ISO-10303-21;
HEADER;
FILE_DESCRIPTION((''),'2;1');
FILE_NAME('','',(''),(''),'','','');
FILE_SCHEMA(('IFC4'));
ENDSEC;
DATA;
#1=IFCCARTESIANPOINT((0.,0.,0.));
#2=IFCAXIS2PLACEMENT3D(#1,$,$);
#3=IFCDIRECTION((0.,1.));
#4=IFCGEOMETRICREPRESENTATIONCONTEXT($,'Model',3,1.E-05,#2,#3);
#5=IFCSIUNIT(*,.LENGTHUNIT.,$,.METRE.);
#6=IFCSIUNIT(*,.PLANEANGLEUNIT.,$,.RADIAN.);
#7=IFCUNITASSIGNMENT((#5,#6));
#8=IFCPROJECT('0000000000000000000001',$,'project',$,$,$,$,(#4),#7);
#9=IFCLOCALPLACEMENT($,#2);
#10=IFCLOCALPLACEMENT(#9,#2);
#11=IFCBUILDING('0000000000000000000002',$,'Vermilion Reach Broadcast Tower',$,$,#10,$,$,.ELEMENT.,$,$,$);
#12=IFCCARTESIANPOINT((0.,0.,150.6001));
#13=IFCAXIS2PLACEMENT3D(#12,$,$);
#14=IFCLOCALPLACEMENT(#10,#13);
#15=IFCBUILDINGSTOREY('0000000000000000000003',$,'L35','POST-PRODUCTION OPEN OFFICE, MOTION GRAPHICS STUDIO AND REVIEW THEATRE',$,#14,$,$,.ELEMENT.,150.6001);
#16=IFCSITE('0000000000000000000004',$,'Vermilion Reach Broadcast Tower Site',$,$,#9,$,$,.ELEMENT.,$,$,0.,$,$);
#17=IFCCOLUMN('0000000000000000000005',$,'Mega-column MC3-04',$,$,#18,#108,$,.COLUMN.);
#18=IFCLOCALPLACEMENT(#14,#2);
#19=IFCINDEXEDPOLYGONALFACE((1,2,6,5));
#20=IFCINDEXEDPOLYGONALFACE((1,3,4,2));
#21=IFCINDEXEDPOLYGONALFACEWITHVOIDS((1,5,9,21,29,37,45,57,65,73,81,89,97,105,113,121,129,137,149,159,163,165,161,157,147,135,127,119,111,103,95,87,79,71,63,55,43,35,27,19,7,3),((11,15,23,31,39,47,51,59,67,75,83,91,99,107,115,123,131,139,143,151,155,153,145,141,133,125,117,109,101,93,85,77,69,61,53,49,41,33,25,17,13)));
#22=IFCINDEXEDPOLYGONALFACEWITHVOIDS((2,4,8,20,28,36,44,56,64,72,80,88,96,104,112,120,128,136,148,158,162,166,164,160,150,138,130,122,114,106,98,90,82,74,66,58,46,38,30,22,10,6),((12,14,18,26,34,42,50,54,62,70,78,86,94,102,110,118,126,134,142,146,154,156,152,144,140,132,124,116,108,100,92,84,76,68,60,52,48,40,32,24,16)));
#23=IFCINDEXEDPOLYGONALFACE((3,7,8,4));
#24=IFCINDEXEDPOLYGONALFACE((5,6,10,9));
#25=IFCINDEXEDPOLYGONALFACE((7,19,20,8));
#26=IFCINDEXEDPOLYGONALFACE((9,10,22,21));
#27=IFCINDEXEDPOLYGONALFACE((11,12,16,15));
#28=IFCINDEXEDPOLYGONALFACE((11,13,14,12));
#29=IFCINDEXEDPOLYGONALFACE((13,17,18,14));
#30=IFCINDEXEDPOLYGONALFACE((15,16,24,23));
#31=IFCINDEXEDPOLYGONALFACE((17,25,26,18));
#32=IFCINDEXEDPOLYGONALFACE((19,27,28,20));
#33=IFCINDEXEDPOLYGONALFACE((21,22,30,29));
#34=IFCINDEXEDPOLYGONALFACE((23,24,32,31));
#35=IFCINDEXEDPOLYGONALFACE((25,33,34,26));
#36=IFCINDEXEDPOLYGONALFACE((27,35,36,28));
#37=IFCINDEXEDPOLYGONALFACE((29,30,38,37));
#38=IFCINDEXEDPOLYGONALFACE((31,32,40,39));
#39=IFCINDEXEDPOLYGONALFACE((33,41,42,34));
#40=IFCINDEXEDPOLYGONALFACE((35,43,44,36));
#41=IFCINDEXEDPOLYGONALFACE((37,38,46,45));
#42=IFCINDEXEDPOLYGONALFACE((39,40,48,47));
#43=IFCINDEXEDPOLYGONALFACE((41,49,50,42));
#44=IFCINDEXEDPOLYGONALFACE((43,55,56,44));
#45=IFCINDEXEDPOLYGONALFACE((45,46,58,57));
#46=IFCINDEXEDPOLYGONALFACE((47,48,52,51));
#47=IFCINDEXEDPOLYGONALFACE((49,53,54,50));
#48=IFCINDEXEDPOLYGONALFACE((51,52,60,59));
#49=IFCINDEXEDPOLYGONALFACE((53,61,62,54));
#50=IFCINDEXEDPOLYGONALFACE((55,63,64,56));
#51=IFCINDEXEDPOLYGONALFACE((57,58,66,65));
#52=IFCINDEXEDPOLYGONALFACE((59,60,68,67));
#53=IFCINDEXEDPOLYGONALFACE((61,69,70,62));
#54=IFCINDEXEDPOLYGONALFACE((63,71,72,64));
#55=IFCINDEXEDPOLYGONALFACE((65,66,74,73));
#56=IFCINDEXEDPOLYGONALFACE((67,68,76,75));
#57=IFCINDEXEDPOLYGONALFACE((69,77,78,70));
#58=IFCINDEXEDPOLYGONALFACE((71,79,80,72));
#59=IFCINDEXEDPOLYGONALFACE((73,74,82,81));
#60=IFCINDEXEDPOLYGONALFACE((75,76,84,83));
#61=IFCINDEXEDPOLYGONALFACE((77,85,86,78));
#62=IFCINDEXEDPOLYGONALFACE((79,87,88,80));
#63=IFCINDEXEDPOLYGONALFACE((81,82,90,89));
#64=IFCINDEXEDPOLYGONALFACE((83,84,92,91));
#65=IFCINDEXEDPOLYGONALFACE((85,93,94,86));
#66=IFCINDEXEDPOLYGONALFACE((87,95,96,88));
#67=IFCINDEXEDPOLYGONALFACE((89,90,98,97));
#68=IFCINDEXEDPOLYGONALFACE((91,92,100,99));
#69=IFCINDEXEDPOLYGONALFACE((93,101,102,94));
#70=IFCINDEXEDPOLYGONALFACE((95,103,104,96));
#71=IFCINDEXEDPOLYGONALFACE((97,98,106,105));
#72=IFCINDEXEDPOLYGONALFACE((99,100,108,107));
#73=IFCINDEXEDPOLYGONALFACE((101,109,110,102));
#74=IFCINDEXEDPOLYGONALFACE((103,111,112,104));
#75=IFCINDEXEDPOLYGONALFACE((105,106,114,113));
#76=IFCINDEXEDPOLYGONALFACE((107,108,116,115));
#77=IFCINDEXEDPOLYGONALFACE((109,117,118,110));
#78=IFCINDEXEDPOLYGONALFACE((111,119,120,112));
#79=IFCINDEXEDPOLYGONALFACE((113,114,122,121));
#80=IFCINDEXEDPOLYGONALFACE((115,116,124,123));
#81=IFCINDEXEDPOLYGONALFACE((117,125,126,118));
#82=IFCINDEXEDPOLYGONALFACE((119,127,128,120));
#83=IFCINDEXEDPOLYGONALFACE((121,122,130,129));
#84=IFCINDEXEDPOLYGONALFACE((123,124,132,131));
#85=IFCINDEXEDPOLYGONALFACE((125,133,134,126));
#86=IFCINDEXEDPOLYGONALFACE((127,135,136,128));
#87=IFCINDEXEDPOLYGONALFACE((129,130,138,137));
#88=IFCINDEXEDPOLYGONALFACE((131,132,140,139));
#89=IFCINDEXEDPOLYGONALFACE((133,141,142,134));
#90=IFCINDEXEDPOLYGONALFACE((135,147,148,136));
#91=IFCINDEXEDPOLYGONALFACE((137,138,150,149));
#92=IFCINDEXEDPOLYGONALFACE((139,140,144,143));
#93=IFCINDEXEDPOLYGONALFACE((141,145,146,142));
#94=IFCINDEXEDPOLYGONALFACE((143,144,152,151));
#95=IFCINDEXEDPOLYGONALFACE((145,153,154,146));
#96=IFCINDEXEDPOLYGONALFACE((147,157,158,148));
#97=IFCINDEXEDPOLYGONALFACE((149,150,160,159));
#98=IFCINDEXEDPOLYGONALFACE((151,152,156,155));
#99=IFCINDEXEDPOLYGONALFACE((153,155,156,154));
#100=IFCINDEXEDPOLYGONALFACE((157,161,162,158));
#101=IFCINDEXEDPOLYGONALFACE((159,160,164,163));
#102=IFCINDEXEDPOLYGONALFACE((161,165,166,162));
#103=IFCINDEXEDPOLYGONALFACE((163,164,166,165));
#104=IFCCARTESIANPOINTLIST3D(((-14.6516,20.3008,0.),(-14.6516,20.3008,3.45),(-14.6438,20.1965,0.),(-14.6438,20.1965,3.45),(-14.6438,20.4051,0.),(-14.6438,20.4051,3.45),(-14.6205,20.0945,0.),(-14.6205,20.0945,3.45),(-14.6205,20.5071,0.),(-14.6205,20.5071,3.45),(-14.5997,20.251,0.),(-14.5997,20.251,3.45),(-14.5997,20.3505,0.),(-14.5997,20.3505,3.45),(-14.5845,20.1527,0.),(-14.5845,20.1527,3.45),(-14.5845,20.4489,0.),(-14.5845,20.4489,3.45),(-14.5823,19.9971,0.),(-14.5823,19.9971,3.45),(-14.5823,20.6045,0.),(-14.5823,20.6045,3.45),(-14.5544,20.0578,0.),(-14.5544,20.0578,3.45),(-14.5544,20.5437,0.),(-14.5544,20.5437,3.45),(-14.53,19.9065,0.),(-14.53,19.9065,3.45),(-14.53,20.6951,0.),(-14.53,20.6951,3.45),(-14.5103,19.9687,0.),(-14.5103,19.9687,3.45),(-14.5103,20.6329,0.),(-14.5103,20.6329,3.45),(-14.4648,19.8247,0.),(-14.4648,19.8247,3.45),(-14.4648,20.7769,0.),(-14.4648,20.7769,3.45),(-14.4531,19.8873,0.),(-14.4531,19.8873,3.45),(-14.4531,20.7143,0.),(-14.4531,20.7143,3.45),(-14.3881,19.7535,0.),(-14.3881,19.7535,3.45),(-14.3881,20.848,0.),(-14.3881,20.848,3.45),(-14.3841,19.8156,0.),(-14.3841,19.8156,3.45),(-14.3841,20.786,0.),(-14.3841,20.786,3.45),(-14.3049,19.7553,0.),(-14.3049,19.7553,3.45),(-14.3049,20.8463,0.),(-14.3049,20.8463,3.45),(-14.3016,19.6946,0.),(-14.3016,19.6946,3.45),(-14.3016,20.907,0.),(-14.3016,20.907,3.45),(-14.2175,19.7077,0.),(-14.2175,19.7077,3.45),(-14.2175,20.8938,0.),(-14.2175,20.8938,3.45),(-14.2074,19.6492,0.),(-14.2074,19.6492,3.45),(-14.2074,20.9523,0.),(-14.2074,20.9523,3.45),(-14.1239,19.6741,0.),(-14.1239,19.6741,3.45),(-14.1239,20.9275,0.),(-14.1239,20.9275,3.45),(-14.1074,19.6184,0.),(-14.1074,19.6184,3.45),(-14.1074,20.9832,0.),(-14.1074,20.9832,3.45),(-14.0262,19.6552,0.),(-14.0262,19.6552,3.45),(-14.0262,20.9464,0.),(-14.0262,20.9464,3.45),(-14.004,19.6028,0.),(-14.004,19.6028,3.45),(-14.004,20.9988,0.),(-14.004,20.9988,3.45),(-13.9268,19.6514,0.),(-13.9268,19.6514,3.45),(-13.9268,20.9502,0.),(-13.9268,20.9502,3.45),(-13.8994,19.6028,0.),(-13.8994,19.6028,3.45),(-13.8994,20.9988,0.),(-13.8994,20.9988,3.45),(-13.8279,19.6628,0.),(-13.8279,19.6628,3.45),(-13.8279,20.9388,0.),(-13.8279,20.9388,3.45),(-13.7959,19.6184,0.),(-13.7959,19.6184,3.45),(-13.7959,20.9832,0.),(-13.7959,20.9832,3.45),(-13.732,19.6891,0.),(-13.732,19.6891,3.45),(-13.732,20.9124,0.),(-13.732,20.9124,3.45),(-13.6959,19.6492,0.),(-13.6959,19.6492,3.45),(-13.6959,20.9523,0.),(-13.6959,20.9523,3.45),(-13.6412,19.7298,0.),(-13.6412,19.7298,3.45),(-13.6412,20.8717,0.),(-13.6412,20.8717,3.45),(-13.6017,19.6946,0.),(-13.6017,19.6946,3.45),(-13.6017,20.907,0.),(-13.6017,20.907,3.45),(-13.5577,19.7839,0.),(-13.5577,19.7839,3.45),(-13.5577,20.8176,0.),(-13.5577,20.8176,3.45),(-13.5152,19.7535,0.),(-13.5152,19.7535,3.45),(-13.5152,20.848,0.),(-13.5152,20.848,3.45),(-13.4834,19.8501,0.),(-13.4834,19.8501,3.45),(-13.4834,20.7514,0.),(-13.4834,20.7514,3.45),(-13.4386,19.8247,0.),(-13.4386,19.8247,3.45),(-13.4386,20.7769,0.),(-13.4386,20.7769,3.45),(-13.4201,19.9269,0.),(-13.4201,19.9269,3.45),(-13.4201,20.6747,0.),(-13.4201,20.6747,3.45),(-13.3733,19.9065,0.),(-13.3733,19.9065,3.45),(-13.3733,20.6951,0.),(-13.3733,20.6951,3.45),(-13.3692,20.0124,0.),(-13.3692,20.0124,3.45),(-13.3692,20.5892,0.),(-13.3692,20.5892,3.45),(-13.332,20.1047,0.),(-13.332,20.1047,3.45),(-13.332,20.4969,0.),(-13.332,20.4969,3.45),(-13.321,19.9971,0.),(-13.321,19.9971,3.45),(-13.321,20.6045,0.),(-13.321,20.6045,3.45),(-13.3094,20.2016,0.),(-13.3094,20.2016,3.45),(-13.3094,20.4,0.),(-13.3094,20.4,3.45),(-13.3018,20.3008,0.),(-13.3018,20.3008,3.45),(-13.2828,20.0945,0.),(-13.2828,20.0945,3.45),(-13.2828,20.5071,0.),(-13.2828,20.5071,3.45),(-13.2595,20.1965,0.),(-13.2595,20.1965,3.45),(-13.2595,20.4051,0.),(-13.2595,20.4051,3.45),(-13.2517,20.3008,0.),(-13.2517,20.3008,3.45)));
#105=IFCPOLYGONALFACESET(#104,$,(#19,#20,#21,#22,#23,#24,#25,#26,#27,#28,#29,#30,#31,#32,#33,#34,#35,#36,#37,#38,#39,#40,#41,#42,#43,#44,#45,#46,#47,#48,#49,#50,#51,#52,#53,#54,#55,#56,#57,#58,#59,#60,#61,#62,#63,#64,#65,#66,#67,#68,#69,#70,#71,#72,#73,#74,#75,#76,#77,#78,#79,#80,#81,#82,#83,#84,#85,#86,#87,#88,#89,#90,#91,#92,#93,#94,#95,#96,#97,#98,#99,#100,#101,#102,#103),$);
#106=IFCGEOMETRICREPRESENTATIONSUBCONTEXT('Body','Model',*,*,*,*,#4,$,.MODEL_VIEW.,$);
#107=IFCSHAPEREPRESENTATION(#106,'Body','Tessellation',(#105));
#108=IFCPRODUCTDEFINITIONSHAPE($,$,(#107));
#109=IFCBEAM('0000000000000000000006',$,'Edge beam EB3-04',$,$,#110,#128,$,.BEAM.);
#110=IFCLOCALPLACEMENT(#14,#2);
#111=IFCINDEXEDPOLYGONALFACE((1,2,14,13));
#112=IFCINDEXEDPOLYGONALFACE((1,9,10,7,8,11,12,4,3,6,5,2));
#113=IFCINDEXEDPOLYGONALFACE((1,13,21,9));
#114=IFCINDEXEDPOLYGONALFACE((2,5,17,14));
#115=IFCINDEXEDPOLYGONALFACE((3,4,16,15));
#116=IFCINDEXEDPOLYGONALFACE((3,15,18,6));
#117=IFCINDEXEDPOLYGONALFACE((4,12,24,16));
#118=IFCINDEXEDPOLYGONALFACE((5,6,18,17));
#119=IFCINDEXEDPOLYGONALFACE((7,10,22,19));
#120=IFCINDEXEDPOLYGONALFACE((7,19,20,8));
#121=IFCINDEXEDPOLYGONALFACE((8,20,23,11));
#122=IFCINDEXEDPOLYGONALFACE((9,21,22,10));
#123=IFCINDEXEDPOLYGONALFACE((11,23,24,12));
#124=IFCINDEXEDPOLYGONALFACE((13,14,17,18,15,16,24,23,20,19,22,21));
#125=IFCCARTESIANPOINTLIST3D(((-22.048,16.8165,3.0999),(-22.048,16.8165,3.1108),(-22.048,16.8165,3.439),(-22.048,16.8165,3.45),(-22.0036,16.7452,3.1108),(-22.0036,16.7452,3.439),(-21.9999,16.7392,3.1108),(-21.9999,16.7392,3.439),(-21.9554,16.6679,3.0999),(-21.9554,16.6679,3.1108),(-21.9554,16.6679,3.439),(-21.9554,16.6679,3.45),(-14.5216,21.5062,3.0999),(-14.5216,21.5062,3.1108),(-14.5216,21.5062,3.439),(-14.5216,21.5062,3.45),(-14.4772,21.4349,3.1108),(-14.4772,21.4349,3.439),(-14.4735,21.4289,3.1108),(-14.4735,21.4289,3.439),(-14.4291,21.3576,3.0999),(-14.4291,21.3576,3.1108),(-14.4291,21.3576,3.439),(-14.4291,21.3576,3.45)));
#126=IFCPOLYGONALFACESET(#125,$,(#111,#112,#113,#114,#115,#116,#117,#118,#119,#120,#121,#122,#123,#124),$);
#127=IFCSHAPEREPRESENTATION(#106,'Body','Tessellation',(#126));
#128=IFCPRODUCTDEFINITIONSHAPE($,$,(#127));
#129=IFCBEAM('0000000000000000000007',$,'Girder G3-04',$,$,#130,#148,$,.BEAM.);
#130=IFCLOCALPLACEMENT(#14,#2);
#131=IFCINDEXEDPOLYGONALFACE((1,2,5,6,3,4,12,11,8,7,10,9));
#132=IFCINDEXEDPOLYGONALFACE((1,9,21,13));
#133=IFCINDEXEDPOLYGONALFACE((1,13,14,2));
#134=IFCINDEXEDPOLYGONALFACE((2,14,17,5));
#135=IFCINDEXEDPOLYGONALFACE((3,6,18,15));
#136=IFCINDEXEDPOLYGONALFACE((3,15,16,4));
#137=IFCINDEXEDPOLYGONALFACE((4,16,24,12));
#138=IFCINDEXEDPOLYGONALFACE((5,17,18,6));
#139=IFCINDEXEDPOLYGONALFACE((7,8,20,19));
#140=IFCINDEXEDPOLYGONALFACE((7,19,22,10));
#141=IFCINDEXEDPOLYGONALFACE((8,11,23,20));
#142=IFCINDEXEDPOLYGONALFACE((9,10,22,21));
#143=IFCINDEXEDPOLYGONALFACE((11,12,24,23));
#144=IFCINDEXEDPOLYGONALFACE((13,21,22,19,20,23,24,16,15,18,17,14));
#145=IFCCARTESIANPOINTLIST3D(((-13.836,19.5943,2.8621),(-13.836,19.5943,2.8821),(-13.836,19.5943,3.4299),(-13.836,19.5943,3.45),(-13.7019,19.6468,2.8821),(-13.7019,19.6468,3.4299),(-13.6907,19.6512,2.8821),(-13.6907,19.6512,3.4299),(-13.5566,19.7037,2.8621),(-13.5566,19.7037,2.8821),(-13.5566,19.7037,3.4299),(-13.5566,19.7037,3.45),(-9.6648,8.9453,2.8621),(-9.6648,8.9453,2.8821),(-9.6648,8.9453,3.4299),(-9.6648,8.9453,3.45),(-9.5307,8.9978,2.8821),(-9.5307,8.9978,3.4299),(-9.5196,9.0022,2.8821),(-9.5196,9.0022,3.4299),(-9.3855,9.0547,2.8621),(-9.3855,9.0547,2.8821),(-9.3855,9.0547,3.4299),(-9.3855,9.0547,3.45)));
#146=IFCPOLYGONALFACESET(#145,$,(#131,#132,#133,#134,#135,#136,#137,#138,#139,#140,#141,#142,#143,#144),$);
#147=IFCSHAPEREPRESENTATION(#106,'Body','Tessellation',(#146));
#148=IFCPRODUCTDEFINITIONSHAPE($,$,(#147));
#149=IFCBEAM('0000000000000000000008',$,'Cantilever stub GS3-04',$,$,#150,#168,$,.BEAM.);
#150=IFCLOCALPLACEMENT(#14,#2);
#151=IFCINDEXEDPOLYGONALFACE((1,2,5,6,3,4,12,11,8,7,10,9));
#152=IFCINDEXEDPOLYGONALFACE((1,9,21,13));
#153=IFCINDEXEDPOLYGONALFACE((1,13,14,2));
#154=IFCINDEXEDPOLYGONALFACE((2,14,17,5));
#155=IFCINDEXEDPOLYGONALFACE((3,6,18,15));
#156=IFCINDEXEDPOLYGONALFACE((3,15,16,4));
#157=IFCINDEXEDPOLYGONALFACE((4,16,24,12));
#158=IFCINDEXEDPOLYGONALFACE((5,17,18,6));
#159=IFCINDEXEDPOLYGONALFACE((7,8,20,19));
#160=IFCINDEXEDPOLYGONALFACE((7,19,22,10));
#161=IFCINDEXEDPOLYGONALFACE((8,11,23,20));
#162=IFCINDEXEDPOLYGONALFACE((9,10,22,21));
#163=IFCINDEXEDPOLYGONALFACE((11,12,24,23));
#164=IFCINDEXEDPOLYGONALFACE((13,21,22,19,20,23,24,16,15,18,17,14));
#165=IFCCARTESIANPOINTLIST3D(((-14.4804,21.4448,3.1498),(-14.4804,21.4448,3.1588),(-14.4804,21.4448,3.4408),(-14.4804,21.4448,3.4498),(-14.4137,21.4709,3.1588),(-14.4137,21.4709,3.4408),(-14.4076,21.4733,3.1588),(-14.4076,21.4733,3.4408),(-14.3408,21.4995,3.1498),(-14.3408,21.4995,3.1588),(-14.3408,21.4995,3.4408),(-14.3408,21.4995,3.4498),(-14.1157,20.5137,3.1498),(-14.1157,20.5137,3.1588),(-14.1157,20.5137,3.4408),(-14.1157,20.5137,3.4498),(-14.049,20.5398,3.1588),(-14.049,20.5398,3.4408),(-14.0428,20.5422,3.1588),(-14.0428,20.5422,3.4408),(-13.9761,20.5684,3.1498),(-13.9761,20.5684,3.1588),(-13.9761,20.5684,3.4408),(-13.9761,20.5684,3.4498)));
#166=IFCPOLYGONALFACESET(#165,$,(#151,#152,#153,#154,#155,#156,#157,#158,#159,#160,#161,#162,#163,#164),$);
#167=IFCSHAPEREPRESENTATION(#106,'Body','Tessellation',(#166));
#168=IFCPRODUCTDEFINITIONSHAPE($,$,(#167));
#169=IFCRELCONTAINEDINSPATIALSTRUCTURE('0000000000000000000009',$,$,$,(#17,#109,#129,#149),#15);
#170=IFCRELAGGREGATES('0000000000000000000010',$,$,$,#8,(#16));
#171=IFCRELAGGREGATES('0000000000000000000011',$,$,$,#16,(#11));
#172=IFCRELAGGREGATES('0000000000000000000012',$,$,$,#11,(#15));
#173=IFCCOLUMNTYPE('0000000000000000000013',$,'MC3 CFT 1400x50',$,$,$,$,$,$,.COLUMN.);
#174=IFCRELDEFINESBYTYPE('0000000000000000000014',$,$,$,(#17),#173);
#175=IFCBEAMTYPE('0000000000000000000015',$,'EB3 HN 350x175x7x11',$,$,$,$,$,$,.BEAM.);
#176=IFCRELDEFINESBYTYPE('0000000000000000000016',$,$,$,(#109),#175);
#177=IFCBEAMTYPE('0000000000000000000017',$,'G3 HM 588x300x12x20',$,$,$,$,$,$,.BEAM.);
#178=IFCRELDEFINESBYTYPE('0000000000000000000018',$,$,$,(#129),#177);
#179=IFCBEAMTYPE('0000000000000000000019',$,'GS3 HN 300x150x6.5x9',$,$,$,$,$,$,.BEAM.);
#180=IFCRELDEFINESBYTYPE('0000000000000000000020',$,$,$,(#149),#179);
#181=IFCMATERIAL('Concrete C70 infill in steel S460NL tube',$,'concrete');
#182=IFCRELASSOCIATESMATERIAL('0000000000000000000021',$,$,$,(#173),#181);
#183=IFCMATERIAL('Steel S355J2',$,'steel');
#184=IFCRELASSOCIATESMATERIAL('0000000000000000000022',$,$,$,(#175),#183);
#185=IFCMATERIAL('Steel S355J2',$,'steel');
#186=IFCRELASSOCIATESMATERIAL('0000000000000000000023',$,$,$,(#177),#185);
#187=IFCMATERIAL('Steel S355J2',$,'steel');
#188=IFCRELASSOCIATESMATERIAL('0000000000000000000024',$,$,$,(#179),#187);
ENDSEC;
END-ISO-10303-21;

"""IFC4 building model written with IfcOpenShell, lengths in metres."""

from ifc_helpers import new_model, si_unit, direction, frame, origin, origin_2d, place, context, subcontext, project, spatial, hollow_circle, i_section, extrude, material, material_profile, profile_set, type_object, element, save


model = new_model("IFC4")

# Units and contexts
model_context = context("Model", 3, precision=1e-05, world=origin(), true_north=direction((0.0, 1.0)))
body_context = subcontext(model_context, "Body", "Model", "MODEL_VIEW")
ifc_project = project(units=[si_unit("LENGTHUNIT", "METRE"), si_unit("PLANEANGLEUNIT", "RADIAN")], contexts=[model_context])

# Site, building, storey
site_placement = place(None, origin())
site = spatial("IfcSite", under=ifc_project, at=site_placement, Name="Vermilion Reach Broadcast Tower Site", CompositionType="ELEMENT", RefElevation=0.0)
building_placement = place(site_placement, origin())
building = spatial("IfcBuilding", under=site, at=building_placement, Name="Vermilion Reach Broadcast Tower", CompositionType="ELEMENT")
storey_placement = place(building_placement, frame((0.0, 0.0, 150.6001)))
storey = spatial("IfcBuildingStorey", under=building, at=storey_placement, Name="L35", Description="POST-PRODUCTION OPEN OFFICE, MOTION GRAPHICS STUDIO AND REVIEW THEATRE", CompositionType="ELEMENT", Elevation=150.6001)

# Column
ifc_material_1 = material(Name="Concrete C70 infill in steel S460NL tube", Category="concrete")
ifc_material_profile_1 = material_profile(ifc_material_1, hollow_circle(Radius=0.7, WallThickness=0.05, at=origin_2d()), Name="Concrete C70 infill in steel S460NL tube CFT 1400x50")
ifc_profile_set_1 = profile_set([ifc_material_profile_1], Name="Concrete C70 infill in steel S460NL tube")
column_type = type_object("IfcColumnType", Name="MC3 CFT 1400x50", PredefinedType="COLUMN", material=ifc_profile_set_1)
column_placement = place(storey_placement, frame((-13.9517, 20.3008, 0.0), z_axis=(0.0, 0.0, 1.0), x_axis=(1.0, 0.0, 0.0)))
element("IfcColumn", 1, at=column_placement, inside=storey, type_object=column_type, Name="Mega-column MC3-04", PredefinedType="COLUMN", context=body_context, shape_type="SweptSolid", body=[
    extrude(hollow_circle(Radius=0.7, WallThickness=0.05, at=origin_2d()), origin(), (0.0, 0.0, 1.0), 3.45),
])

# Beams
ifc_material_2 = material(Name="Steel S355J2", Category="steel")
ifc_material_profile_2 = material_profile(ifc_material_2, i_section(OverallWidth=0.175, OverallDepth=0.3501, WebThickness=0.0071, FlangeThickness=0.011, at=origin_2d()), Name="S355J2 HN 350x175x7x11")
ifc_profile_set_2 = profile_set([ifc_material_profile_2], Name="Steel S355J2")
beam_type_1 = type_object("IfcBeamType", Name="EB3 HN 350x175x7x11", PredefinedType="BEAM", material=ifc_profile_set_2)
beam_1_placement = place(storey_placement, frame((-14.4753, 21.4319, 3.2749), z_axis=(-0.848721, -0.52884, 0.0), x_axis=(0.52884, -0.848721, 0.0)))
element("IfcBeam", 2, at=beam_1_placement, inside=storey, type_object=beam_type_1, Name="Edge beam EB3-04", PredefinedType="BEAM", context=body_context, shape_type="SweptSolid", body=[
    extrude(i_section(OverallWidth=0.175, OverallDepth=0.3501, WebThickness=0.0071, FlangeThickness=0.011, at=origin_2d()), origin(), (0.0, 0.0, 1.0), 8.8679),
])
ifc_material_3 = material(Name="Steel S355J2", Category="steel")
ifc_material_profile_3 = material_profile(ifc_material_3, i_section(OverallWidth=0.3, OverallDepth=0.5879, WebThickness=0.012, FlangeThickness=0.02, at=origin_2d()), Name="S355J2 HM 588x300x12x20")
ifc_profile_set_3 = profile_set([ifc_material_profile_3], Name="Steel S355J2")
beam_type_2 = type_object("IfcBeamType", Name="G3 HM 588x300x12x20", PredefinedType="BEAM", material=ifc_profile_set_3)
beam_2_placement = place(storey_placement, frame((-9.5251, 9.0, 3.156), z_axis=(-0.364716, 0.931119, 0.0), x_axis=(-0.931119, -0.364716, 0.0)))
element("IfcBeam", 3, at=beam_2_placement, inside=storey, type_object=beam_type_2, Name="Girder G3-04", PredefinedType="BEAM", context=body_context, shape_type="SweptSolid", body=[
    extrude(i_section(OverallWidth=0.3, OverallDepth=0.5879, WebThickness=0.012, FlangeThickness=0.02, at=origin_2d()), origin(), (0.0, 0.0, 1.0), 11.4368),
])
ifc_material_4 = material(Name="Steel S355J2", Category="steel")
ifc_material_profile_4 = material_profile(ifc_material_4, i_section(OverallWidth=0.1499, OverallDepth=0.3, WebThickness=0.0066, FlangeThickness=0.009, at=origin_2d()), Name="S355J2 HN 300x150x6.5x9")
ifc_profile_set_4 = profile_set([ifc_material_profile_4], Name="Steel S355J2")
beam_type_3 = type_object("IfcBeamType", Name="GS3 HN 300x150x6.5x9", PredefinedType="BEAM", material=ifc_profile_set_4)
beam_3_placement = place(storey_placement, frame((-14.0459, 20.541, 3.2998), z_axis=(-0.364731, 0.931113, 0.0), x_axis=(-0.931113, -0.364731, 0.0)))
element("IfcBeam", 4, at=beam_3_placement, inside=storey, type_object=beam_type_3, Name="Cantilever stub GS3-04", PredefinedType="BEAM", context=body_context, shape_type="SweptSolid", body=[
    extrude(i_section(OverallWidth=0.1499, OverallDepth=0.3, WebThickness=0.0066, FlangeThickness=0.009, at=origin_2d()), origin(), (0.0, 0.0, 1.0), 1.0),
])

save(model, "model.ifc")
